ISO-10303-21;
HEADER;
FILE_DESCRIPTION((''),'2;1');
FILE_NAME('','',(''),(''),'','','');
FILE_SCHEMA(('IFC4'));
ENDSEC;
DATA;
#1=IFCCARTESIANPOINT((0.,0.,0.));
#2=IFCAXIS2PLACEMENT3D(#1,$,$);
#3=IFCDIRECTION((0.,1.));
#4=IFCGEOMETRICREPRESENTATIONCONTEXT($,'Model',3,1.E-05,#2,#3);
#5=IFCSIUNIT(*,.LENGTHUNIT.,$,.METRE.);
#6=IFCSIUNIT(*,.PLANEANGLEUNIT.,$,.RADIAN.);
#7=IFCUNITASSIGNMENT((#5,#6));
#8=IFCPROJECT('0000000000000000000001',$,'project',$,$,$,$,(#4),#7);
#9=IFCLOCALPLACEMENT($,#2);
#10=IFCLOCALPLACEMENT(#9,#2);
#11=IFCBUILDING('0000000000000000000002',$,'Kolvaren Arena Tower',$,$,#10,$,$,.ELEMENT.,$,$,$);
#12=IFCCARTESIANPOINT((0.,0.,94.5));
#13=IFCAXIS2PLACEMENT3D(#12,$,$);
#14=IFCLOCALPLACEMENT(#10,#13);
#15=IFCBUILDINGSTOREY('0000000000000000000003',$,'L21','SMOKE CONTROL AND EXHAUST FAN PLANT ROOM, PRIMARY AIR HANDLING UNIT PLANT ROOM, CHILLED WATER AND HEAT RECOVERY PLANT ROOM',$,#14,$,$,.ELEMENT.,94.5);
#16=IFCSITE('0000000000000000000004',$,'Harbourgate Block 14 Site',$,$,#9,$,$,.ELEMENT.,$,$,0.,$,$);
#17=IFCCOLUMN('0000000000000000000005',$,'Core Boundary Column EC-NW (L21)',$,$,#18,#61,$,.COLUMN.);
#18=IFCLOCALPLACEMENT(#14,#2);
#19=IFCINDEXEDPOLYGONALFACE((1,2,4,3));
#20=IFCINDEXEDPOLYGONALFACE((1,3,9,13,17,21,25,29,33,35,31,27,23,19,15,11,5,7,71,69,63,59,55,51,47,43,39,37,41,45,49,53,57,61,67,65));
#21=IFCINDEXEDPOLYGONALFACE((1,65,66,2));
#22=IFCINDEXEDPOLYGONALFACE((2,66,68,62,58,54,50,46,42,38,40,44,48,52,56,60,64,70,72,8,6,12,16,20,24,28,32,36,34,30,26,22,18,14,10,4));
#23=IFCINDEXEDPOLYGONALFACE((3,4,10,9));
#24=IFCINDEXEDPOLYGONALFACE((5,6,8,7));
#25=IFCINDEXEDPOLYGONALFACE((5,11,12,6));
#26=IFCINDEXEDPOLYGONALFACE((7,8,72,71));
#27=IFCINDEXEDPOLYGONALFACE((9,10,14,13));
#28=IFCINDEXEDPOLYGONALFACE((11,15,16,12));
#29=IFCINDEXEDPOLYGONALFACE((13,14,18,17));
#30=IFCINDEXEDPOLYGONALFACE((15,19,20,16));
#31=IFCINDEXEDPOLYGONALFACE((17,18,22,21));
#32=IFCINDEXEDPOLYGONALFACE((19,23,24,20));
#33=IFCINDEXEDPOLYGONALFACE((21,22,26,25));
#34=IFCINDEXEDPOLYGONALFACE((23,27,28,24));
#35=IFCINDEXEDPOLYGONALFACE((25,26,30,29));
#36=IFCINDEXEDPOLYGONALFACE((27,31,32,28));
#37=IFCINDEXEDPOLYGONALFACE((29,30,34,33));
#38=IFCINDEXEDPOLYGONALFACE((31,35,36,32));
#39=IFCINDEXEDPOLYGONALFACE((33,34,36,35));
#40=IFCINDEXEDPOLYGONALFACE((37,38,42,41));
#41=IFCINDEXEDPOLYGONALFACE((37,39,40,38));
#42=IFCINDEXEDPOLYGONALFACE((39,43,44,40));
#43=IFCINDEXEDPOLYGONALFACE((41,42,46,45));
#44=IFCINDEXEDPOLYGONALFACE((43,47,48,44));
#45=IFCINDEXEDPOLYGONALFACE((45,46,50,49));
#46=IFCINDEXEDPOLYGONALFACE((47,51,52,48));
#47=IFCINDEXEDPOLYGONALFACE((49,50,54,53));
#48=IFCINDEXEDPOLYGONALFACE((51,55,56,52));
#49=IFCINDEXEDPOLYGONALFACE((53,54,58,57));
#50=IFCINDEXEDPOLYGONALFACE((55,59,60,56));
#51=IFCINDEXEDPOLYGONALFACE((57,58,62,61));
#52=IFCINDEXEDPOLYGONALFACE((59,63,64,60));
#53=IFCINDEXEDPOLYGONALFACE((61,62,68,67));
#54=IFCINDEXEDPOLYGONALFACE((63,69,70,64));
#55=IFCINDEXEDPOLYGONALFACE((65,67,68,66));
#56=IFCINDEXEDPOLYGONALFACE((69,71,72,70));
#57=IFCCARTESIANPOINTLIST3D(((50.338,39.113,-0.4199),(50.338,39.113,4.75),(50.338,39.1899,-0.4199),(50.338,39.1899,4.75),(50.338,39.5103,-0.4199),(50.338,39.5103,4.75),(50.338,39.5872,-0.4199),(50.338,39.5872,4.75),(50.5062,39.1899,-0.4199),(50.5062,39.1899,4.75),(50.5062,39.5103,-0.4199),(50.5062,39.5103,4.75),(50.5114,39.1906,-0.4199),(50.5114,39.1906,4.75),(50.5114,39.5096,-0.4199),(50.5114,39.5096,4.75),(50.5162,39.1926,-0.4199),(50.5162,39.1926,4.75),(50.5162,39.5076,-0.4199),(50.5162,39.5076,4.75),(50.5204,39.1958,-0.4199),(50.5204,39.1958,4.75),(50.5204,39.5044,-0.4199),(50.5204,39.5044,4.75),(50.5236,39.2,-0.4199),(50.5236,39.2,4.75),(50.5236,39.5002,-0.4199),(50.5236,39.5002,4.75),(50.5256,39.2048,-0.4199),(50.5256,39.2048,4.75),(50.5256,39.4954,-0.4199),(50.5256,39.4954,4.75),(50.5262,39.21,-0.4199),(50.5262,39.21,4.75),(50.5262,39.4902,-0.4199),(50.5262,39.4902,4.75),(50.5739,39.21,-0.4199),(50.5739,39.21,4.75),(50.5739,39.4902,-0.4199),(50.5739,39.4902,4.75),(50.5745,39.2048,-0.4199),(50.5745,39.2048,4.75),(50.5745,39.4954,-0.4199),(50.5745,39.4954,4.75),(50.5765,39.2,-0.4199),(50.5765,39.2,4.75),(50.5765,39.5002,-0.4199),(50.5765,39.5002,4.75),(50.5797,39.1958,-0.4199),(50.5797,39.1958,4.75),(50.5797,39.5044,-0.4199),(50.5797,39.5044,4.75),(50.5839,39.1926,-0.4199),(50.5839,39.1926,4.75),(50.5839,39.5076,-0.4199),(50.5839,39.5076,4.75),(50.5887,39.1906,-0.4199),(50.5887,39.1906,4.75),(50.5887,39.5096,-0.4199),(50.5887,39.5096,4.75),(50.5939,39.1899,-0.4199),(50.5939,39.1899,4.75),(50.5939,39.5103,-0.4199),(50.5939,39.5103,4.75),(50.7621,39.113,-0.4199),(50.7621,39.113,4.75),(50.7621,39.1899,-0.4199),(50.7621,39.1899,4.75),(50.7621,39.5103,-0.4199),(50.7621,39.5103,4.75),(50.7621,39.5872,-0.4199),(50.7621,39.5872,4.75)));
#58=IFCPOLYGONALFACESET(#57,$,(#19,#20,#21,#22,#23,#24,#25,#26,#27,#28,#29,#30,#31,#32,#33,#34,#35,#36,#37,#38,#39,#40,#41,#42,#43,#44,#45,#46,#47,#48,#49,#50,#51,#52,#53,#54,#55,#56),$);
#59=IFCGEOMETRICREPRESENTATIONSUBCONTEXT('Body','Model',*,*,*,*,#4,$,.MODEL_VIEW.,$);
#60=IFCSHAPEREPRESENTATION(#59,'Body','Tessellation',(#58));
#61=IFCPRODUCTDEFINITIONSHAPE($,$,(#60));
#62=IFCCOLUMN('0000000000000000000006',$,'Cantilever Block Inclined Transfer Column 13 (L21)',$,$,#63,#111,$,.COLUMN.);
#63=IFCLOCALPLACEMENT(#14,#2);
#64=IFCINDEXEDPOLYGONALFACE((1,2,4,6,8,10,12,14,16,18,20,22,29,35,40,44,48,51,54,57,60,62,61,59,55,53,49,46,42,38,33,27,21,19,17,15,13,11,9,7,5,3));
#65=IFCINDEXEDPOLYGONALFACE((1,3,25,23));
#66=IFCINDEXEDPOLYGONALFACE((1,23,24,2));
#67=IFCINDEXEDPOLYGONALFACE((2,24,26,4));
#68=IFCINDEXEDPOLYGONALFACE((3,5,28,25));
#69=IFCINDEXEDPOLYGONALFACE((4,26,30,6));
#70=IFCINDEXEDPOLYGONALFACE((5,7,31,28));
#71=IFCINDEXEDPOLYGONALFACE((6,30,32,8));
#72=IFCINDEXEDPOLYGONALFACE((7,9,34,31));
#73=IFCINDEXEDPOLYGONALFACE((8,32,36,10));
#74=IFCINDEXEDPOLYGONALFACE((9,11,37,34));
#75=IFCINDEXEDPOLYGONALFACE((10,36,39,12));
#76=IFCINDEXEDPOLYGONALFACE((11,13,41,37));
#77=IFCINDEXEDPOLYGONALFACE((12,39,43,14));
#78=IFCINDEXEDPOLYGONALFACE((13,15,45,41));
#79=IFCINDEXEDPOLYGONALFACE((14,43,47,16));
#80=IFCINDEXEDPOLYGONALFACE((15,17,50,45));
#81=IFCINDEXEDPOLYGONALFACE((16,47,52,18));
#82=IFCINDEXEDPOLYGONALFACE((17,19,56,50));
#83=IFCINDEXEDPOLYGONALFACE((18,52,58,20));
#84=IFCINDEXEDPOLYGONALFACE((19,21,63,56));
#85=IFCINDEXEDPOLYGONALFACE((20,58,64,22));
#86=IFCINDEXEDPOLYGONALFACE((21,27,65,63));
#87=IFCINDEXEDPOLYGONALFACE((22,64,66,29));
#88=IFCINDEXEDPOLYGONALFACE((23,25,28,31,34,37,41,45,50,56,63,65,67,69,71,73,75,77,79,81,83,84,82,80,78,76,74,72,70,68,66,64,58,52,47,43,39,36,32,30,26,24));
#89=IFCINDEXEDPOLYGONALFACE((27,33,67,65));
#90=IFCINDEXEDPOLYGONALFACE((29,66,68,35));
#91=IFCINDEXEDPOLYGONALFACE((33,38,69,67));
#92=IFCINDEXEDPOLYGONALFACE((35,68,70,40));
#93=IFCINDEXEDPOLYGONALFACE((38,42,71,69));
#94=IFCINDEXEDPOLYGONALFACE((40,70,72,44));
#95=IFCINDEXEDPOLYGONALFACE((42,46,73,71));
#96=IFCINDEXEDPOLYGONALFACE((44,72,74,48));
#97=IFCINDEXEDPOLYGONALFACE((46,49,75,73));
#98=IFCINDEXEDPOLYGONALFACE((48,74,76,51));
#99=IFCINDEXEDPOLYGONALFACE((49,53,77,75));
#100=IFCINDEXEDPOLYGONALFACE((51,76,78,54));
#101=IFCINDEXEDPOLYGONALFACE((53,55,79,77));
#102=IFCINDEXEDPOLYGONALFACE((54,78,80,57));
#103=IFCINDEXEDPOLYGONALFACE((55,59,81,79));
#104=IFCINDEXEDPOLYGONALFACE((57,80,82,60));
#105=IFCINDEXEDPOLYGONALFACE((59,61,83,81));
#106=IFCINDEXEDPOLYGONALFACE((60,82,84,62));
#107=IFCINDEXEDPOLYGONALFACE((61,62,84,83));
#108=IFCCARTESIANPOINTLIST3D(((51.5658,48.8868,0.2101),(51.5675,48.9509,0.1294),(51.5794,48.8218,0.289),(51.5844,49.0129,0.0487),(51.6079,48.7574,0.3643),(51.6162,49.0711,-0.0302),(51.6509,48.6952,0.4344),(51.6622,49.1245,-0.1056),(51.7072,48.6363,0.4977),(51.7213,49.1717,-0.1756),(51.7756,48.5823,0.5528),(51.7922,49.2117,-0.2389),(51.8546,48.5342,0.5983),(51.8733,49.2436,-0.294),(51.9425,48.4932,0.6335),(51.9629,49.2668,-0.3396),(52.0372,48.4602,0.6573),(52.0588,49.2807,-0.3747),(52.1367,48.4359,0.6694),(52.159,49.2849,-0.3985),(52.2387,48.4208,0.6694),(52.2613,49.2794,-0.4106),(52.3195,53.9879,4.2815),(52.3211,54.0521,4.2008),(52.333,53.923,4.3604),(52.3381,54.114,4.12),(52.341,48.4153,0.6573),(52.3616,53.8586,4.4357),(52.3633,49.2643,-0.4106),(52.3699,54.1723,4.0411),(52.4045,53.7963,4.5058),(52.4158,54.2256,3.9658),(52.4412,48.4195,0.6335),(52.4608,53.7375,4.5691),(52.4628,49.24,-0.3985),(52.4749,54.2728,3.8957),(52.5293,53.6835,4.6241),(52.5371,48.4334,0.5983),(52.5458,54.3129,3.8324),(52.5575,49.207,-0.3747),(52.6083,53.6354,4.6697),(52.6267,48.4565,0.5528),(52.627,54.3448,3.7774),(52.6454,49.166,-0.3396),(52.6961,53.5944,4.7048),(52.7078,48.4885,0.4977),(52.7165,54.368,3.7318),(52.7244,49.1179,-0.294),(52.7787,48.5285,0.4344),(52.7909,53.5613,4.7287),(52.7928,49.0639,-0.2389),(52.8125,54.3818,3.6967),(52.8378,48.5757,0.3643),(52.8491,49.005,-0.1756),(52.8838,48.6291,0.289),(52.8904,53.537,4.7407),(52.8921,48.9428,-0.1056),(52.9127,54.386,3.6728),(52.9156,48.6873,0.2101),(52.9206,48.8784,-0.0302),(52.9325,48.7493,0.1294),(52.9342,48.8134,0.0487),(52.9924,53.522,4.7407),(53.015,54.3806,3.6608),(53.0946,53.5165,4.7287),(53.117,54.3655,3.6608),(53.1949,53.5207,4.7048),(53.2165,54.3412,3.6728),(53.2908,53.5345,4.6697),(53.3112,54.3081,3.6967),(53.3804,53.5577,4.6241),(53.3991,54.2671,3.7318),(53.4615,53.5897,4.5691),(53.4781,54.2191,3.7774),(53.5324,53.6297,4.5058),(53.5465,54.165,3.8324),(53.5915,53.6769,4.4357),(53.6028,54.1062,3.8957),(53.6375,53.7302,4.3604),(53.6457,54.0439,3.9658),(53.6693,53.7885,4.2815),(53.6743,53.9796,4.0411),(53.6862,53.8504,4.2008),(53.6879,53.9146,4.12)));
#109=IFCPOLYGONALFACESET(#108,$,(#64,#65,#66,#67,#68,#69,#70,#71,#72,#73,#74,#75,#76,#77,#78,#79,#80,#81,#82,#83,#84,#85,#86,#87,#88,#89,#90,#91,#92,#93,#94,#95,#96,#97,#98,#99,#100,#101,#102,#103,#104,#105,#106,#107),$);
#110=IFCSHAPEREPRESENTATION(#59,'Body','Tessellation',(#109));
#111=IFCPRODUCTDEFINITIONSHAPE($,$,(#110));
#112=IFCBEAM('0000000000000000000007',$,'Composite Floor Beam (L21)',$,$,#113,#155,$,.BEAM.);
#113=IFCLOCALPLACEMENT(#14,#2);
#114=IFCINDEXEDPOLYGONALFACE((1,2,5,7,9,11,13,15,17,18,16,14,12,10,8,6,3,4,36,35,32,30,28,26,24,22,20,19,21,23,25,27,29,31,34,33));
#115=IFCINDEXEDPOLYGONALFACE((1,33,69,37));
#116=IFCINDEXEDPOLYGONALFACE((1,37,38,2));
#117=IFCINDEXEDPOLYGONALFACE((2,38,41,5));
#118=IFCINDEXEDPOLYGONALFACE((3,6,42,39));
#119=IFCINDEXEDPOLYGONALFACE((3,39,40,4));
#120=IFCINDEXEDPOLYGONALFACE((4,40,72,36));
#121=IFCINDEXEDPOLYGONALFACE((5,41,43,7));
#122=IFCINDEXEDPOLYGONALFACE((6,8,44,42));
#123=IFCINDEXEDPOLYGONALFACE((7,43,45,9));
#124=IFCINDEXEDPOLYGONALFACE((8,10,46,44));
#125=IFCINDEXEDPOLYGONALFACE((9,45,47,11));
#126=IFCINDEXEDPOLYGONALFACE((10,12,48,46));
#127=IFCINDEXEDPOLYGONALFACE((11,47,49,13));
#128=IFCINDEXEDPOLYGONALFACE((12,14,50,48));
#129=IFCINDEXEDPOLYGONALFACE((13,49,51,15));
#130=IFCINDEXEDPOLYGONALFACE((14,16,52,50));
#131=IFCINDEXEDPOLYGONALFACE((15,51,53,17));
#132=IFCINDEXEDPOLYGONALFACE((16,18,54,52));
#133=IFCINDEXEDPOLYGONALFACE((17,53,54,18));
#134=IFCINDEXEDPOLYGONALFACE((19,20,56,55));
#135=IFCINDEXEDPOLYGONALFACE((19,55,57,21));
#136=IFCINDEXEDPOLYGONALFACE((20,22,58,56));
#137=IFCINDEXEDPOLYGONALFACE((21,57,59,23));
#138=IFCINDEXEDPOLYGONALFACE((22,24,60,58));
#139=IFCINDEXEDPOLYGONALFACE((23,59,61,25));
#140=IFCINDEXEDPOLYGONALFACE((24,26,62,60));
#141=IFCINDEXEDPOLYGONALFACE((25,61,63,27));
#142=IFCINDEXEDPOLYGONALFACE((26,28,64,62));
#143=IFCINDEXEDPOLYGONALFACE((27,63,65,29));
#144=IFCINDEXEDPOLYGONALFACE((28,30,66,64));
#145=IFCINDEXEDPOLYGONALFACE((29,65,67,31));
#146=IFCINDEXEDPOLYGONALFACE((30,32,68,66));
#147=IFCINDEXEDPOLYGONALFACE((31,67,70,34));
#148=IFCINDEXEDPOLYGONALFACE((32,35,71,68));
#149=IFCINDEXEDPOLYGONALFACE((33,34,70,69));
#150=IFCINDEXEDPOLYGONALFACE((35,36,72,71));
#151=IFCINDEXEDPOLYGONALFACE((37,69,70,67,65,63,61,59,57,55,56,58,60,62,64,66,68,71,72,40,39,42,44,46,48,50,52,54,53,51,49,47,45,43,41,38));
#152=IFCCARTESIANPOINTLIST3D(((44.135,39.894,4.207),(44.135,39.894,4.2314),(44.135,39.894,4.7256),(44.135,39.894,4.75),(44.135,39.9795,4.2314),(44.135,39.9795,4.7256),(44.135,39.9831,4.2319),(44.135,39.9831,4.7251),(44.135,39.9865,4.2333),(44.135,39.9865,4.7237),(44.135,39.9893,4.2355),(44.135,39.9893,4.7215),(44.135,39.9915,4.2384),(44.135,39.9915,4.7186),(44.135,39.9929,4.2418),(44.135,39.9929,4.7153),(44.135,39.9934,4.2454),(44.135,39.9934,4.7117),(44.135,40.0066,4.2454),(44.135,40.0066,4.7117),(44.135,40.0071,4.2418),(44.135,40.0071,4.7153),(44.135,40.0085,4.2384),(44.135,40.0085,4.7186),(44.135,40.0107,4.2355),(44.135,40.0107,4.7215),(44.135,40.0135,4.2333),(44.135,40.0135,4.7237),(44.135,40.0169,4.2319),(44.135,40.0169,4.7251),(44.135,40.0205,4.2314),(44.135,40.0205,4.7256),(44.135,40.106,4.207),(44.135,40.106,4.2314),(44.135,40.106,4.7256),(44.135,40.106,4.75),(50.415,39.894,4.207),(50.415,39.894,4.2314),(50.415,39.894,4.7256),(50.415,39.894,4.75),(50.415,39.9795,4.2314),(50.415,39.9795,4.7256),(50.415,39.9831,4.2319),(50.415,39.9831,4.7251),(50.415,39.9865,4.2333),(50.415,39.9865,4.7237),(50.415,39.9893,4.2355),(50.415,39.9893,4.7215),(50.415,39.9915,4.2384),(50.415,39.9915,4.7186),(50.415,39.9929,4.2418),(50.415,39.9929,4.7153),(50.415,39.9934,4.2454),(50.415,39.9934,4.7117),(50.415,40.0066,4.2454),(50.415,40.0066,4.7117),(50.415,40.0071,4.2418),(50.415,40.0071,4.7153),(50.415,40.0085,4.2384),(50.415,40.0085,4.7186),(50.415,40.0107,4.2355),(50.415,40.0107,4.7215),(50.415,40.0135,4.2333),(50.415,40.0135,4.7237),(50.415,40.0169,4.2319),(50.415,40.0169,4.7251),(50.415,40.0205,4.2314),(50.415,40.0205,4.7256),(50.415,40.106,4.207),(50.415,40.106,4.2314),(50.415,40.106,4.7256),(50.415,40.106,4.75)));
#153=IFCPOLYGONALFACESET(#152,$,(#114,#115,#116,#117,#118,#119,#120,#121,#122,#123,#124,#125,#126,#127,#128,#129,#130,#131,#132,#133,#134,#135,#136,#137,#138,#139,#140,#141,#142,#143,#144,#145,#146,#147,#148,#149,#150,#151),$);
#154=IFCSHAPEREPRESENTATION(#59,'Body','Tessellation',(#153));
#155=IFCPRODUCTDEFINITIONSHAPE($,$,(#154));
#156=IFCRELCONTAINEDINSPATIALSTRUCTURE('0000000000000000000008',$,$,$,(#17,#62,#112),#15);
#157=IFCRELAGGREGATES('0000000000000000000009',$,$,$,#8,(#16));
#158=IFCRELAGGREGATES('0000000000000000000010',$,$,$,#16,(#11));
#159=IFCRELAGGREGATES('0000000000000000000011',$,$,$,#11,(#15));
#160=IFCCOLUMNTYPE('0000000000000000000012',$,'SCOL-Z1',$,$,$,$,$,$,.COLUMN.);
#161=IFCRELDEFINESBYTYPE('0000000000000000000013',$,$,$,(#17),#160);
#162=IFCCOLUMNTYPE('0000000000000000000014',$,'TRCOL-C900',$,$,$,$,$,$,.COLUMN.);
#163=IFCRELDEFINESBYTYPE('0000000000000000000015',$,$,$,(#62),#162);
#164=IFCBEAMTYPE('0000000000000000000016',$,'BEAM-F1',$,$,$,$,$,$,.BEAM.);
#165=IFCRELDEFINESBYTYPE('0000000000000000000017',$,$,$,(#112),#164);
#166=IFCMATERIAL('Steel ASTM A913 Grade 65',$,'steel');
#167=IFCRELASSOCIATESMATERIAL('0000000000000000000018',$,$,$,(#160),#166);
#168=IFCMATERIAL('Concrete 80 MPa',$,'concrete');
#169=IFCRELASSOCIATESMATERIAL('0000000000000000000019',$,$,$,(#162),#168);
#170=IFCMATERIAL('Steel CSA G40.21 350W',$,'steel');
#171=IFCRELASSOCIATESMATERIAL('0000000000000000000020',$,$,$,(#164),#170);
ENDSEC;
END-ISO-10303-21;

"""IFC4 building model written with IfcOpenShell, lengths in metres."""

from ifc_helpers import new_model, si_unit, direction, frame, origin, origin_2d, place, context, subcontext, project, spatial, circle, i_section, extrude, material, material_profile, profile_set, type_object, element, save


model = new_model("IFC4")

# Units and contexts
model_context = context("Model", 3, precision=1e-05, world=origin(), true_north=direction((0.0, 1.0)))
body_context = subcontext(model_context, "Body", "Model", "MODEL_VIEW")
ifc_project = project(units=[si_unit("LENGTHUNIT", "METRE"), si_unit("PLANEANGLEUNIT", "RADIAN")], contexts=[model_context])

# Site, building, storey
site_placement = place(None, origin())
site = spatial("IfcSite", under=ifc_project, at=site_placement, Name="Harbourgate Block 14 Site", CompositionType="ELEMENT", RefElevation=0.0)
building_placement = place(site_placement, origin())
building = spatial("IfcBuilding", under=site, at=building_placement, Name="Kolvaren Arena Tower", CompositionType="ELEMENT")
storey_placement = place(building_placement, frame((0.0, 0.0, 94.5)))
storey = spatial("IfcBuildingStorey", under=building, at=storey_placement, Name="L21", Description="SMOKE CONTROL AND EXHAUST FAN PLANT ROOM, PRIMARY AIR HANDLING UNIT PLANT ROOM, CHILLED WATER AND HEAT RECOVERY PLANT ROOM", CompositionType="ELEMENT", Elevation=94.5)

# Columns
ifc_material_1 = material(Name="Steel ASTM A913 Grade 65", Category="steel")
ifc_material_profile_1 = material_profile(ifc_material_1, i_section(OverallWidth=0.4241, OverallDepth=0.4741, WebThickness=0.0476, FlangeThickness=0.0769, FilletRadius=0.02, at=origin_2d()), Name="W360x634")
ifc_profile_set_1 = profile_set([ifc_material_profile_1], Name="Steel ASTM A913 Grade 65")
column_type_1 = type_object("IfcColumnType", Name="SCOL-Z1", PredefinedType="COLUMN", material=ifc_profile_set_1)
column_1_placement = place(storey_placement, frame((50.55, 39.3501, -0.4199), z_axis=(0.0, 0.0, 1.0), x_axis=(1.0, 0.0, 0.0)))
element("IfcColumn", 1, at=column_1_placement, inside=storey, type_object=column_type_1, Name="Core Boundary Column EC-NW (L21)", PredefinedType="COLUMN", context=body_context, shape_type="SweptSolid", body=[
    extrude(i_section(OverallWidth=0.4241, OverallDepth=0.4741, WebThickness=0.0476, FlangeThickness=0.0769, FilletRadius=0.02, at=origin_2d()), origin(), (0.0, 0.0, 1.0), 5.1699),
])
ifc_material_2 = material(Name="Concrete 80 MPa", Category="concrete")
ifc_material_profile_2 = material_profile(ifc_material_2, circle(Radius=0.6899, at=origin_2d()), Name="RC-CIRC-1380")
ifc_profile_set_2 = profile_set([ifc_material_profile_2], Name="Concrete 80 MPa")
column_type_2 = type_object("IfcColumnType", Name="TRCOL-C900", PredefinedType="COLUMN", material=ifc_profile_set_2)
column_2_placement = place(storey_placement, frame((52.25, 48.8501, 0.1294), z_axis=(0.114713, 0.776424, 0.619683), x_axis=(-0.989261, 0.146159, 0.0)))
element("IfcColumn", 2, at=column_2_placement, inside=storey, type_object=column_type_2, Name="Cantilever Block Inclined Transfer Column 13 (L21)", PredefinedType="COLUMN", context=body_context, shape_type="SweptSolid", body=[
    extrude(circle(Radius=0.6899, at=origin_2d()), origin(), (0.0, 0.0, 1.0), 6.5701),
])

# Beam
ifc_material_3 = material(Name="Steel CSA G40.21 350W", Category="steel")
ifc_material_profile_3 = material_profile(ifc_material_3, i_section(OverallWidth=0.2119, OverallDepth=0.543, WebThickness=0.0132, FlangeThickness=0.0244, FilletRadius=0.0139, at=origin_2d()), Name="W530x150")
ifc_profile_set_3 = profile_set([ifc_material_profile_3], Name="Steel CSA G40.21 350W")
beam_type_1 = type_object("IfcBeamType", Name="BEAM-F1", PredefinedType="BEAM", material=ifc_profile_set_3)
beam_1_placement = place(storey_placement, frame((44.135, 40.0, 4.4785), z_axis=(1.0, 0.0, 0.0), x_axis=(0.0, 1.0, 0.0)))
element("IfcBeam", 3, at=beam_1_placement, inside=storey, type_object=beam_type_1, Name="Composite Floor Beam (L21)", PredefinedType="BEAM", context=body_context, shape_type="SweptSolid", body=[
    extrude(i_section(OverallWidth=0.2119, OverallDepth=0.543, WebThickness=0.0132, FlangeThickness=0.0244, FilletRadius=0.0139, at=origin_2d()), origin(), (0.0, 0.0, 1.0), 6.28),
])

save(model, "model.ifc")
